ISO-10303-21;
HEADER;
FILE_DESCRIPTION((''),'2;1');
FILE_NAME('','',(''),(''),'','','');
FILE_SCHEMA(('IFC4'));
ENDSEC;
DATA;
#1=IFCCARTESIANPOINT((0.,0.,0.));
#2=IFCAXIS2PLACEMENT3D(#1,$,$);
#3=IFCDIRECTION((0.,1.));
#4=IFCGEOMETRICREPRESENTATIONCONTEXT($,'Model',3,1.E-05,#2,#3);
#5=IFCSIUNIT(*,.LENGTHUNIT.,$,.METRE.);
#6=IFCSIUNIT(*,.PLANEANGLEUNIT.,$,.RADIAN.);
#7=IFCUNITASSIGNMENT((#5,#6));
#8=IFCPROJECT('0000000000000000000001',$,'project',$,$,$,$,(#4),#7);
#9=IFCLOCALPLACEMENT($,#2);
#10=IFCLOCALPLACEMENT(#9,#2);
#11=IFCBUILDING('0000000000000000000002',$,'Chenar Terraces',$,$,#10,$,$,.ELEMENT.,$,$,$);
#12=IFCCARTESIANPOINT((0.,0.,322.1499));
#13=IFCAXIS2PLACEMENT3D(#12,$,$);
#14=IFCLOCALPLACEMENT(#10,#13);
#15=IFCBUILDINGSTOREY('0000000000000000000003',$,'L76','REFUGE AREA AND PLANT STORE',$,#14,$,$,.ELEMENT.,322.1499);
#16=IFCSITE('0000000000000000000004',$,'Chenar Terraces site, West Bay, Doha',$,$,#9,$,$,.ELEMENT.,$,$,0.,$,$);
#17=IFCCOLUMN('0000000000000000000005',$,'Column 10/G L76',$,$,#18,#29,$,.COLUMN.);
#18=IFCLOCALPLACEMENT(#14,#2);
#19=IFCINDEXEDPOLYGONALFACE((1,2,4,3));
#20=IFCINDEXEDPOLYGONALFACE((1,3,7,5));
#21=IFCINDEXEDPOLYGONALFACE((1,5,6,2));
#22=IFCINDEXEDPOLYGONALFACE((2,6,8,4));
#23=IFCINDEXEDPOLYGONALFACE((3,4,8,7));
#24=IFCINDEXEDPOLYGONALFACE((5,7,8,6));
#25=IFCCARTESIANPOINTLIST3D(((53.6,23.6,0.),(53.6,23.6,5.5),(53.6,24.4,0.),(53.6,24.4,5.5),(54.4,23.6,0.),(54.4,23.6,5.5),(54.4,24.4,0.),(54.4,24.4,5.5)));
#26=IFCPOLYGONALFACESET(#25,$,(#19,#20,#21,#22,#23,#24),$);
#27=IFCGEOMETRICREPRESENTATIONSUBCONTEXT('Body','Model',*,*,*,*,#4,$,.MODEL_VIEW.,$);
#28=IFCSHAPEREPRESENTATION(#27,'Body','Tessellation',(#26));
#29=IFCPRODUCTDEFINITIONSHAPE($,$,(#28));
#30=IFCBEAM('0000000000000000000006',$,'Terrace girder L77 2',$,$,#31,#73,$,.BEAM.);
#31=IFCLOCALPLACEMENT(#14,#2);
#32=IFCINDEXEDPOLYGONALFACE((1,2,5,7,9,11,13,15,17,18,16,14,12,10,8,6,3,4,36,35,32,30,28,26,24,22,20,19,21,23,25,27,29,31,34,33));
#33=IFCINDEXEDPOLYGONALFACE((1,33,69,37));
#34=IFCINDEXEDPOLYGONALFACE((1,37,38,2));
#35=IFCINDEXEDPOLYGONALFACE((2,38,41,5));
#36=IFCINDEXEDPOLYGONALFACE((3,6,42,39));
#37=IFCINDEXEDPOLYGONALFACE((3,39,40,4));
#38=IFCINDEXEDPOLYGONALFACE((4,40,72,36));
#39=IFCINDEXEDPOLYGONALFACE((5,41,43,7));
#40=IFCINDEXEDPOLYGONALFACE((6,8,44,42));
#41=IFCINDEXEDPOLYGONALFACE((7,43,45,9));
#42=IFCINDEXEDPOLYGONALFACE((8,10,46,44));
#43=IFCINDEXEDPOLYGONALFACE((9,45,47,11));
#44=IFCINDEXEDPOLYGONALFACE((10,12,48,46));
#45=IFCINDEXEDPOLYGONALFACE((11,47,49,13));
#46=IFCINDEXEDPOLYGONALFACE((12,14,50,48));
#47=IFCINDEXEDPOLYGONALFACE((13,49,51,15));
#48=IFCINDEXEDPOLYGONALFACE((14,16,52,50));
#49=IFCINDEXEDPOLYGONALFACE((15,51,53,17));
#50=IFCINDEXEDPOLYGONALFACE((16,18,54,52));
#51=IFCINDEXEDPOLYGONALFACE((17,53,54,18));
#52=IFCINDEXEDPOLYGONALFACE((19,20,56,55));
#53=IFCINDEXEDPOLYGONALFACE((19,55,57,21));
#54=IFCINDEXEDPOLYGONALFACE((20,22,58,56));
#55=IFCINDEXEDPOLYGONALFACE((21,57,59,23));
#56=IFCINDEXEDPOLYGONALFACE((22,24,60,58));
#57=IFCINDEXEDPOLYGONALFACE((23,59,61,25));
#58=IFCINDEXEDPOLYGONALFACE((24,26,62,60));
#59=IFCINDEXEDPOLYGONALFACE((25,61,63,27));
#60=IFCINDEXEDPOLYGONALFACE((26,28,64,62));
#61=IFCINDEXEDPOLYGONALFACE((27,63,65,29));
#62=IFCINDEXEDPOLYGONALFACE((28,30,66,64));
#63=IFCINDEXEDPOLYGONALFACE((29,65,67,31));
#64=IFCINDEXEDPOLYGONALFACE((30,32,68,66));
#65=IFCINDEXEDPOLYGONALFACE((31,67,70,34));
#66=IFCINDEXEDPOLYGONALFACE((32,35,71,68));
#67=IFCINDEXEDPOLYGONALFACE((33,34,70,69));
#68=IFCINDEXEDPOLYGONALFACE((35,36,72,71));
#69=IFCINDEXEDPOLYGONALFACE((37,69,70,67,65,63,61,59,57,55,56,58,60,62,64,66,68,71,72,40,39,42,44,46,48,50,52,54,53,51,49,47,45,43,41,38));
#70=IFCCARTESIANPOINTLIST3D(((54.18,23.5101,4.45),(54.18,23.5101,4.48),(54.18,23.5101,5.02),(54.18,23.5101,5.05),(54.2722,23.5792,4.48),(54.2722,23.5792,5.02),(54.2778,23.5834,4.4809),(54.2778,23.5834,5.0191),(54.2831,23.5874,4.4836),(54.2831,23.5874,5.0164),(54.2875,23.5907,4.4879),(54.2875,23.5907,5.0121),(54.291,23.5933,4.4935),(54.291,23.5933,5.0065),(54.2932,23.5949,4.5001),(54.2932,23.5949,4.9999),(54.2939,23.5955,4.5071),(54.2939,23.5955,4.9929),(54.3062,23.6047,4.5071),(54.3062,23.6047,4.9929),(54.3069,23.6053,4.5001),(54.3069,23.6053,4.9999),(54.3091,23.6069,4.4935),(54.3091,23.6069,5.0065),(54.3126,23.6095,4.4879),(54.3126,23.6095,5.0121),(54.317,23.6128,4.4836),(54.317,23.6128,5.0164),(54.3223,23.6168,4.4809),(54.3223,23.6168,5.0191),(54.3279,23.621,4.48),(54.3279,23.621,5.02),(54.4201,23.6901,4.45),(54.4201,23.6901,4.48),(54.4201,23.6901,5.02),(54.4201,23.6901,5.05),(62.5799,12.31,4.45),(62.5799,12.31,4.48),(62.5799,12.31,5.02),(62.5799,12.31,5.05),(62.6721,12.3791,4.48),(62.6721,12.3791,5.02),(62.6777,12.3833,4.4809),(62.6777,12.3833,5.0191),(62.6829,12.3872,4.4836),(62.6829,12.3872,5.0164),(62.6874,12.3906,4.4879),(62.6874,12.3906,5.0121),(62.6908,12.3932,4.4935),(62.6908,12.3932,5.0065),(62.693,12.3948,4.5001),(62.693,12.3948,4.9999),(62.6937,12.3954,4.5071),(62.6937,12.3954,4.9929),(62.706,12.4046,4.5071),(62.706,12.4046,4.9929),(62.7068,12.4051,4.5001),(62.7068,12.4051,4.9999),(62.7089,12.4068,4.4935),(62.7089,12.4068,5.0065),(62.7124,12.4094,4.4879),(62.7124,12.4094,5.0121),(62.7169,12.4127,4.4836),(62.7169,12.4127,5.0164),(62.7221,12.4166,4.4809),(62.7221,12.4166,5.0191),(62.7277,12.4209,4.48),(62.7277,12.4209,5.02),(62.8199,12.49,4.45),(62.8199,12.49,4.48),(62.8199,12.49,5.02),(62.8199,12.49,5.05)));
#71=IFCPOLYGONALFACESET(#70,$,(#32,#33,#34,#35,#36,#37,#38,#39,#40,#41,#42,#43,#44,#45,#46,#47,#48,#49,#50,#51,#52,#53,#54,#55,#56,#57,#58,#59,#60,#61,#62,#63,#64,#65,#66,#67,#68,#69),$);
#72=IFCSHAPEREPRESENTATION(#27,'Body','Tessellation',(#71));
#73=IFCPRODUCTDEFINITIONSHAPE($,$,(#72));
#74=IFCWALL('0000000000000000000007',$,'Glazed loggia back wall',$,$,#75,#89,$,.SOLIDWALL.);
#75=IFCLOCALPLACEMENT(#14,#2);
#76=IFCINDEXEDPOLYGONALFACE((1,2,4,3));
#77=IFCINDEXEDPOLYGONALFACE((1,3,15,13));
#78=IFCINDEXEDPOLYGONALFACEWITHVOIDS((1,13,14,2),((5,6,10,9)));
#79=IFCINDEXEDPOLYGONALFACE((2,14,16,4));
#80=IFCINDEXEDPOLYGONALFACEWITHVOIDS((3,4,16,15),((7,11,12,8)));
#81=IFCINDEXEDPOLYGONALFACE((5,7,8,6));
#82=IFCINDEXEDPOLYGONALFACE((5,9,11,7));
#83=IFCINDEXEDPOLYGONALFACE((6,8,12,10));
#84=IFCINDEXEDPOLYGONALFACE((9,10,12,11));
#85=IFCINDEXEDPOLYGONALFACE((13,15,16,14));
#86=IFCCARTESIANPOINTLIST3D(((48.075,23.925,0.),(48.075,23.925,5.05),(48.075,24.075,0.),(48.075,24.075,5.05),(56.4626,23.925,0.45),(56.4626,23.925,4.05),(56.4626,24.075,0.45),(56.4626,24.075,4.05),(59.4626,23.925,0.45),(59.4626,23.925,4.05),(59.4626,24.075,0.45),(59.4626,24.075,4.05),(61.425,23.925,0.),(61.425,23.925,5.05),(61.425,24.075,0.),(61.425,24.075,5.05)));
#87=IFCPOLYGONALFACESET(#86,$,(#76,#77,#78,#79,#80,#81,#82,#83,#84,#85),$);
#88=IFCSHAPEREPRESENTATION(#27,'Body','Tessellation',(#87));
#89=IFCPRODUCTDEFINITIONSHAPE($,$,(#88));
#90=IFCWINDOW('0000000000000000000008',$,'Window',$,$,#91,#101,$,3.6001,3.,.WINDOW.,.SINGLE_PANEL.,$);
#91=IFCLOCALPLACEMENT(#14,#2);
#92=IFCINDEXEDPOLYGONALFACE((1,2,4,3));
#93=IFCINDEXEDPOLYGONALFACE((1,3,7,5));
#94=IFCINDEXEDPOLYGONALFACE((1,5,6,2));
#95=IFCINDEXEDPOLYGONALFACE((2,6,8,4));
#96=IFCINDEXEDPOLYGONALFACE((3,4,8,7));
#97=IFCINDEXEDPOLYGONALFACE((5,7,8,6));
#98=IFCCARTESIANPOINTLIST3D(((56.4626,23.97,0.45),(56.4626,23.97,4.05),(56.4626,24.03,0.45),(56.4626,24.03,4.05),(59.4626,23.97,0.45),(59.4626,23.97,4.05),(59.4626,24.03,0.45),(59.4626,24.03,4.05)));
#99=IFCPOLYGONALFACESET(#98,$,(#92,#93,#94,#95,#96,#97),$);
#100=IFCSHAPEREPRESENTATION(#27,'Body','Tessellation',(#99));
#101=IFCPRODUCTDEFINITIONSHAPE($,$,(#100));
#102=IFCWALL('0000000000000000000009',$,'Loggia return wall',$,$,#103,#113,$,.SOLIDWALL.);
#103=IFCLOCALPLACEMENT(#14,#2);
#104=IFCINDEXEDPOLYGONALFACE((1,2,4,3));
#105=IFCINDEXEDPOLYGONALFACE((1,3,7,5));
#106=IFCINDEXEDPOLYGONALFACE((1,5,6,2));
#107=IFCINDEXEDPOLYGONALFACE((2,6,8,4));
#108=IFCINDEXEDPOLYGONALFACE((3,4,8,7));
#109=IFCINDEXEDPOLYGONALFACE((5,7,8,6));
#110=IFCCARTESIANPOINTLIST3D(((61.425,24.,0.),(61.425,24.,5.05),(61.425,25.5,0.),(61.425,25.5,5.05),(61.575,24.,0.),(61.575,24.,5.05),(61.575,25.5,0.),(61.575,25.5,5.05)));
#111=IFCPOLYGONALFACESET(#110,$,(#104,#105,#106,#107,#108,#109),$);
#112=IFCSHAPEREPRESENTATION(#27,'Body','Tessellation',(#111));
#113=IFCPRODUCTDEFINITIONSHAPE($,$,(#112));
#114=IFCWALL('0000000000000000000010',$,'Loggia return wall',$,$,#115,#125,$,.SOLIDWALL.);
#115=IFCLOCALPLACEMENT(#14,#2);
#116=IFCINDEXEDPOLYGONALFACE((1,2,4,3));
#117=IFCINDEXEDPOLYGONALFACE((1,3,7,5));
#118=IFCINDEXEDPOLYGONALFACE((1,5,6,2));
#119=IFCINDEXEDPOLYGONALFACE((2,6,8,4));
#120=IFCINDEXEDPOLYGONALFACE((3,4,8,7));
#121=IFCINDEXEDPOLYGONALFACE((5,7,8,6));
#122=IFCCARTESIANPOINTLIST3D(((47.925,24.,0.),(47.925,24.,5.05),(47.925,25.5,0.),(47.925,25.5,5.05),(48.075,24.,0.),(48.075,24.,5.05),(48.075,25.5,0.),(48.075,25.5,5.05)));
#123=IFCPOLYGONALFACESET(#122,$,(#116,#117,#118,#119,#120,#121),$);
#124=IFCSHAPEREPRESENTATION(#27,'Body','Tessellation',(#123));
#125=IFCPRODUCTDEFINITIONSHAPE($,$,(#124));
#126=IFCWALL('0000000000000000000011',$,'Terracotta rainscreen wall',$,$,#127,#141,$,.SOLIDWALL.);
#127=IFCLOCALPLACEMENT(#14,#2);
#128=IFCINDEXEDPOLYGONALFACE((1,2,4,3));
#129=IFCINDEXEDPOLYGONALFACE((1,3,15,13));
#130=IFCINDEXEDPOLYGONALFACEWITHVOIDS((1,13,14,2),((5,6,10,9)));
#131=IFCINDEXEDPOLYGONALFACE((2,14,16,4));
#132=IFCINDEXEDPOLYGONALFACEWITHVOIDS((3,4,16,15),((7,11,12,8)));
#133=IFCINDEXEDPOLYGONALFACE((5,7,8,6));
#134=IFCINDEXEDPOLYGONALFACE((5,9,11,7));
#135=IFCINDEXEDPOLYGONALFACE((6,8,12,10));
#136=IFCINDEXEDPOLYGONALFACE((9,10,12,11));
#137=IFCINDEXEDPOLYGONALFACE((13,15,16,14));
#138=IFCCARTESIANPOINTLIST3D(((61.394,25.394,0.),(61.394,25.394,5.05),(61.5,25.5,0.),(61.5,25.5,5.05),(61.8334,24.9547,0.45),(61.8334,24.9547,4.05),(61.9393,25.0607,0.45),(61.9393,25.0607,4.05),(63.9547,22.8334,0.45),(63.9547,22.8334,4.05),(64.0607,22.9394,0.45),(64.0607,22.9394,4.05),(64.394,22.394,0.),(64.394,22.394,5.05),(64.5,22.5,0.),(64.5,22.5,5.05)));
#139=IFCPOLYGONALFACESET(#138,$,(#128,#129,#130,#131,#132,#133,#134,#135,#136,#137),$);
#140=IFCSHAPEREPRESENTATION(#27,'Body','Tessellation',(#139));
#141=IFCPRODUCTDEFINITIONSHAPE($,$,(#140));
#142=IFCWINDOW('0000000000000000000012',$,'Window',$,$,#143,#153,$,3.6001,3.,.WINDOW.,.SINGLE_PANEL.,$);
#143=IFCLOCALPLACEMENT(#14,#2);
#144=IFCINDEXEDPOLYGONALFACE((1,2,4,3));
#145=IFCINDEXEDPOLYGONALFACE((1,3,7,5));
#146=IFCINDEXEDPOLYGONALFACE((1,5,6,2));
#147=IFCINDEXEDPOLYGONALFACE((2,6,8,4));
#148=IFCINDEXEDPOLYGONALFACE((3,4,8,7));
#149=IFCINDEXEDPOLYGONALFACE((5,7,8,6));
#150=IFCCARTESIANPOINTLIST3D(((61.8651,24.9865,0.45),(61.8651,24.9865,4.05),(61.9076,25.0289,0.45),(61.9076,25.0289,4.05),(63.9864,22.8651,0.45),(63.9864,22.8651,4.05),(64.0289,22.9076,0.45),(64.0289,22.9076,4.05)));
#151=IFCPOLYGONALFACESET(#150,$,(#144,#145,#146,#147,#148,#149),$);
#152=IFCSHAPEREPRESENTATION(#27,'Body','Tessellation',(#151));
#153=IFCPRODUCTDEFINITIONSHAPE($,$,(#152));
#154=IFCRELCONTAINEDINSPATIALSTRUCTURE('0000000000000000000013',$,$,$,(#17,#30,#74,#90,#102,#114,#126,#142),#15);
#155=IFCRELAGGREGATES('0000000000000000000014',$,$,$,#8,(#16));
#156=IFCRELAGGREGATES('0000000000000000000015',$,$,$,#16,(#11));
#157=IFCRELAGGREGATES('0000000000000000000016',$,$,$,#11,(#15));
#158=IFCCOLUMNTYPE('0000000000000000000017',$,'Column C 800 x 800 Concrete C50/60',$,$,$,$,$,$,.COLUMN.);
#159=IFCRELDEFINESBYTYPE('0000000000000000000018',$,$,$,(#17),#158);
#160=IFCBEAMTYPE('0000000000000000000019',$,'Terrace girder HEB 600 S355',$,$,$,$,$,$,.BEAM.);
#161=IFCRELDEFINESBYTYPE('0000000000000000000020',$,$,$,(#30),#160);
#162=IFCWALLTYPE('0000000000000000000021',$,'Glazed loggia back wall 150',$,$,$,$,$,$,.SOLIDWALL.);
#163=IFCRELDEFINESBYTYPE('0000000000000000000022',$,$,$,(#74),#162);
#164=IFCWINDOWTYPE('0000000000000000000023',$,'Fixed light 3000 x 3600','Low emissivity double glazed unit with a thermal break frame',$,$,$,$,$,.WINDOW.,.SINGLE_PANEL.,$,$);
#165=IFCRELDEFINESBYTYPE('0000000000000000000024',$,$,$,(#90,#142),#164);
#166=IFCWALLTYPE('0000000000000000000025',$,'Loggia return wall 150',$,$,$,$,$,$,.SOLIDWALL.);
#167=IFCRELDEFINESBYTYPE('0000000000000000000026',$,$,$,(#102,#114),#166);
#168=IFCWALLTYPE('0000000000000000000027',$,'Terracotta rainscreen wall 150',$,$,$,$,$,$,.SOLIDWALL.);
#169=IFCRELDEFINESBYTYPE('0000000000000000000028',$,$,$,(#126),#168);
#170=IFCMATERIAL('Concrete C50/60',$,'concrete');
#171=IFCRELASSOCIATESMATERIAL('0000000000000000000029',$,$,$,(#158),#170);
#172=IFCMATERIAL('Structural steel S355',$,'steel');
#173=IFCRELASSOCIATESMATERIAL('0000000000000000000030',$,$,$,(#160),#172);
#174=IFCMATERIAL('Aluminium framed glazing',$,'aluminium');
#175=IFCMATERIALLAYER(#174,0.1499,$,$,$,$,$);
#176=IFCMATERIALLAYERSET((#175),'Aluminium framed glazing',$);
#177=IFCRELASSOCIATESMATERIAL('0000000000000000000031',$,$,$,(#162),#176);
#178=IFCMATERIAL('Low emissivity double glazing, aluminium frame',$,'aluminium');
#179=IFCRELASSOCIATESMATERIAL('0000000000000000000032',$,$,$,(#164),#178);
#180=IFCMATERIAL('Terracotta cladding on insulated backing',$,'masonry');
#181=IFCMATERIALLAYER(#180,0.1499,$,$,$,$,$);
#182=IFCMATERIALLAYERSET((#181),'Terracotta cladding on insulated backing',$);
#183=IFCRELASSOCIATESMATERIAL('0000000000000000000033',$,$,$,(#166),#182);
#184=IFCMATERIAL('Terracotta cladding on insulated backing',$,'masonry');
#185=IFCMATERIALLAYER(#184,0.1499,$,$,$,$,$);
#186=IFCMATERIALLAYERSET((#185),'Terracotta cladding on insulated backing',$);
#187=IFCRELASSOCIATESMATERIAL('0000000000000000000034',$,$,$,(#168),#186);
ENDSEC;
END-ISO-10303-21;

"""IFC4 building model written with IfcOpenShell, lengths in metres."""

from ifc_helpers import new_model, si_unit, direction, frame, frame_2d, origin, origin_2d, place, context, subcontext, project, spatial, rectangle, i_section, extrude, material, layer, layer_set, material_profile, profile_set, type_object, element, fill, save


model = new_model("IFC4")

# Units and contexts
model_context = context("Model", 3, precision=1e-05, world=origin(), true_north=direction((0.0, 1.0)))
body_context = subcontext(model_context, "Body", "Model", "MODEL_VIEW")
ifc_project = project(units=[si_unit("LENGTHUNIT", "METRE"), si_unit("PLANEANGLEUNIT", "RADIAN")], contexts=[model_context])

# Site, building, storey
site_placement = place(None, origin())
site = spatial("IfcSite", under=ifc_project, at=site_placement, Name="Chenar Terraces site, West Bay, Doha", CompositionType="ELEMENT", RefElevation=0.0)
building_placement = place(site_placement, origin())
building = spatial("IfcBuilding", under=site, at=building_placement, Name="Chenar Terraces", CompositionType="ELEMENT")
storey_placement = place(building_placement, frame((0.0, 0.0, 322.1499)))
storey = spatial("IfcBuildingStorey", under=building, at=storey_placement, Name="L76", Description="REFUGE AREA AND PLANT STORE", CompositionType="ELEMENT", Elevation=322.1499)

# Column
ifc_material_1 = material(Name="Concrete C50/60", Category="concrete")
ifc_material_profile_1 = material_profile(ifc_material_1, rectangle(XDim=0.8, YDim=0.8, at=origin_2d()), Name="C 800 x 800")
ifc_profile_set_1 = profile_set([ifc_material_profile_1], Name="Concrete C50/60")
column_type = type_object("IfcColumnType", Name="Column C 800 x 800 Concrete C50/60", PredefinedType="COLUMN", material=ifc_profile_set_1)
column_placement = place(storey_placement, frame((54.0, 24.0, 0.0), z_axis=(0.0, 0.0, 1.0), x_axis=(1.0, 0.0, 0.0)))
element("IfcColumn", 1, at=column_placement, inside=storey, type_object=column_type, Name="Column 10/G L76", PredefinedType="COLUMN", context=body_context, shape_type="SweptSolid", body=[
    extrude(rectangle(XDim=0.8, YDim=0.8, at=origin_2d()), origin(), (0.0, 0.0, 1.0), 5.5),
])

# Beam
ifc_material_2 = material(Name="Structural steel S355", Category="steel")
ifc_material_profile_2 = material_profile(ifc_material_2, i_section(OverallWidth=0.3, OverallDepth=0.6001, WebThickness=0.0154, FlangeThickness=0.03, FilletRadius=0.0271, at=origin_2d()), Name="HEB 600")
ifc_profile_set_2 = profile_set([ifc_material_profile_2], Name="Structural steel S355")
beam_type = type_object("IfcBeamType", Name="Terrace girder HEB 600 S355", PredefinedType="BEAM", material=ifc_profile_set_2)
beam_placement = place(storey_placement, frame((54.3, 23.6001, 4.75), z_axis=(0.599989, -0.800008, 0.0), x_axis=(0.800008, 0.599989, 0.0)))
element("IfcBeam", 2, at=beam_placement, inside=storey, type_object=beam_type, Name="Terrace girder L77 2", PredefinedType="BEAM", context=body_context, shape_type="SweptSolid", body=[
    extrude(i_section(OverallWidth=0.3, OverallDepth=0.6001, WebThickness=0.0154, FlangeThickness=0.03, FilletRadius=0.0271, at=origin_2d()), origin(), (0.0, 0.0, 1.0), 14.0),
])

# Wall, opening, window
ifc_material_3 = material(Name="Aluminium framed glazing", Category="aluminium")
ifc_layer_1 = layer(ifc_material_3, 0.1499)
ifc_layer_set_1 = layer_set([ifc_layer_1], Name="Aluminium framed glazing")
wall_type_1 = type_object("IfcWallType", Name="Glazed loggia back wall 150", PredefinedType="SOLIDWALL", material=ifc_layer_set_1)
wall_1_placement = place(storey_placement, frame((61.425, 24.0, 0.0), z_axis=(0.0, 0.0, 1.0), x_axis=(-1.0, 0.0, 0.0)))
wall_1 = element("IfcWall", 3, at=wall_1_placement, inside=storey, type_object=wall_type_1, Name="Glazed loggia back wall", PredefinedType="SOLIDWALL", context=body_context, shape_type="SweptSolid", body=[
    extrude(rectangle(XDim=13.3501, YDim=0.1499, at=frame_2d((6.675, 0.0))), origin(), (0.0, 0.0, 1.0), 5.05),
])
opening_1_placement = place(wall_1_placement, frame((1.9624, 0.0, 0.45)))
opening_1 = element("IfcOpeningElement", 4, at=opening_1_placement, cuts=wall_1, PredefinedType="OPENING", context=body_context, shape_type="SweptSolid", body=[
    extrude(rectangle(XDim=3.0, YDim=3.6001, at=frame_2d((1.5, 1.8))), frame((0.0, 0.085, 0.0), z_axis=(0.0, -1.0, 0.0), x_axis=(1.0, 0.0, 0.0)), (0.0, 0.0, 1.0), 0.1699),
])
ifc_material_4 = material(Name="Low emissivity double glazing, aluminium frame", Category="aluminium")
window_type = type_object("IfcWindowType", Name="Fixed light 3000 x 3600", Description="Low emissivity double glazed unit with a thermal break frame", PartitioningType="SINGLE_PANEL", PredefinedType="WINDOW", material=ifc_material_4)
window_1_placement = place(opening_1_placement, origin())
window_1 = element("IfcWindow", 5, at=window_1_placement, inside=storey, type_object=window_type, Name="Window", OverallHeight=3.6001, OverallWidth=3.0, PartitioningType="SINGLE_PANEL", PredefinedType="WINDOW", context=body_context, shape_type="SweptSolid", body=[
    extrude(rectangle(XDim=3.0, YDim=3.6001, at=frame_2d((1.5, 1.8))), frame((0.0, 0.03, 0.0), z_axis=(0.0, -1.0, 0.0), x_axis=(1.0, 0.0, 0.0)), (0.0, 0.0, 1.0), 0.0601),
])
fill(opening_1, window_1)

# Walls
ifc_material_5 = material(Name="Terracotta cladding on insulated backing", Category="masonry")
ifc_layer_2 = layer(ifc_material_5, 0.1499)
ifc_layer_set_2 = layer_set([ifc_layer_2], Name="Terracotta cladding on insulated backing")
wall_type_2 = type_object("IfcWallType", Name="Loggia return wall 150", PredefinedType="SOLIDWALL", material=ifc_layer_set_2)
for number, where, z_axis, x_axis, name in (
    (6, (61.5, 25.5, 0.0), (0.0, 0.0, 1.0), (0.0, -1.0, 0.0), "Loggia return wall"),
    (7, (48.0, 25.5, 0.0), (0.0, 0.0, 1.0), (0.0, -1.0, 0.0), "Loggia return wall"),
):
    element("IfcWall", number, at=place(storey_placement, frame(where, z_axis=z_axis, x_axis=x_axis)), inside=storey, type_object=wall_type_2, Name=name, PredefinedType="SOLIDWALL", context=body_context, shape_type="SweptSolid", body=[
        extrude(rectangle(XDim=1.5, YDim=0.1499, at=frame_2d((0.75, 0.0))), origin(), (0.0, 0.0, 1.0), 5.05),
    ])

# Wall, opening, window
ifc_material_6 = material(Name="Terracotta cladding on insulated backing", Category="masonry")
ifc_layer_3 = layer(ifc_material_6, 0.1499)
ifc_layer_set_3 = layer_set([ifc_layer_3], Name="Terracotta cladding on insulated backing")
wall_type_3 = type_object("IfcWallType", Name="Terracotta rainscreen wall 150", PredefinedType="SOLIDWALL", material=ifc_layer_set_3)
wall_2_placement = place(storey_placement, frame((64.447, 22.447, 0.0), z_axis=(0.0, 0.0, 1.0), x_axis=(-0.707107, 0.707107, 0.0)))
wall_2 = element("IfcWall", 8, at=wall_2_placement, inside=storey, type_object=wall_type_3, Name="Terracotta rainscreen wall", PredefinedType="SOLIDWALL", context=body_context, shape_type="SweptSolid", body=[
    extrude(rectangle(XDim=4.2427, YDim=0.1499, at=frame_2d((2.1213, 0.0))), origin(), (0.0, 0.0, 1.0), 5.05),
])
opening_2_placement = place(wall_2_placement, frame((0.6213, 0.0, 0.45)))
opening_2 = element("IfcOpeningElement", 9, at=opening_2_placement, cuts=wall_2, PredefinedType="OPENING", context=body_context, shape_type="SweptSolid", body=[
    extrude(rectangle(XDim=3.0, YDim=3.6001, at=frame_2d((1.5, 1.8))), frame((0.0, 0.085, 0.0), z_axis=(0.0, -1.0, 0.0), x_axis=(1.0, 0.0, 0.0)), (0.0, 0.0, 1.0), 0.1699),
])
window_2_placement = place(opening_2_placement, origin())
window_2 = element("IfcWindow", 10, at=window_2_placement, inside=storey, type_object=window_type, Name="Window", OverallHeight=3.6001, OverallWidth=3.0, PartitioningType="SINGLE_PANEL", PredefinedType="WINDOW", context=body_context, shape_type="SweptSolid", body=[
    extrude(rectangle(XDim=3.0, YDim=3.6001, at=frame_2d((1.5, 1.8))), frame((0.0, 0.03, 0.0), z_axis=(0.0, -1.0, 0.0), x_axis=(1.0, 0.0, 0.0)), (0.0, 0.0, 1.0), 0.0601),
])
fill(opening_2, window_2)

save(model, "model.ifc")
